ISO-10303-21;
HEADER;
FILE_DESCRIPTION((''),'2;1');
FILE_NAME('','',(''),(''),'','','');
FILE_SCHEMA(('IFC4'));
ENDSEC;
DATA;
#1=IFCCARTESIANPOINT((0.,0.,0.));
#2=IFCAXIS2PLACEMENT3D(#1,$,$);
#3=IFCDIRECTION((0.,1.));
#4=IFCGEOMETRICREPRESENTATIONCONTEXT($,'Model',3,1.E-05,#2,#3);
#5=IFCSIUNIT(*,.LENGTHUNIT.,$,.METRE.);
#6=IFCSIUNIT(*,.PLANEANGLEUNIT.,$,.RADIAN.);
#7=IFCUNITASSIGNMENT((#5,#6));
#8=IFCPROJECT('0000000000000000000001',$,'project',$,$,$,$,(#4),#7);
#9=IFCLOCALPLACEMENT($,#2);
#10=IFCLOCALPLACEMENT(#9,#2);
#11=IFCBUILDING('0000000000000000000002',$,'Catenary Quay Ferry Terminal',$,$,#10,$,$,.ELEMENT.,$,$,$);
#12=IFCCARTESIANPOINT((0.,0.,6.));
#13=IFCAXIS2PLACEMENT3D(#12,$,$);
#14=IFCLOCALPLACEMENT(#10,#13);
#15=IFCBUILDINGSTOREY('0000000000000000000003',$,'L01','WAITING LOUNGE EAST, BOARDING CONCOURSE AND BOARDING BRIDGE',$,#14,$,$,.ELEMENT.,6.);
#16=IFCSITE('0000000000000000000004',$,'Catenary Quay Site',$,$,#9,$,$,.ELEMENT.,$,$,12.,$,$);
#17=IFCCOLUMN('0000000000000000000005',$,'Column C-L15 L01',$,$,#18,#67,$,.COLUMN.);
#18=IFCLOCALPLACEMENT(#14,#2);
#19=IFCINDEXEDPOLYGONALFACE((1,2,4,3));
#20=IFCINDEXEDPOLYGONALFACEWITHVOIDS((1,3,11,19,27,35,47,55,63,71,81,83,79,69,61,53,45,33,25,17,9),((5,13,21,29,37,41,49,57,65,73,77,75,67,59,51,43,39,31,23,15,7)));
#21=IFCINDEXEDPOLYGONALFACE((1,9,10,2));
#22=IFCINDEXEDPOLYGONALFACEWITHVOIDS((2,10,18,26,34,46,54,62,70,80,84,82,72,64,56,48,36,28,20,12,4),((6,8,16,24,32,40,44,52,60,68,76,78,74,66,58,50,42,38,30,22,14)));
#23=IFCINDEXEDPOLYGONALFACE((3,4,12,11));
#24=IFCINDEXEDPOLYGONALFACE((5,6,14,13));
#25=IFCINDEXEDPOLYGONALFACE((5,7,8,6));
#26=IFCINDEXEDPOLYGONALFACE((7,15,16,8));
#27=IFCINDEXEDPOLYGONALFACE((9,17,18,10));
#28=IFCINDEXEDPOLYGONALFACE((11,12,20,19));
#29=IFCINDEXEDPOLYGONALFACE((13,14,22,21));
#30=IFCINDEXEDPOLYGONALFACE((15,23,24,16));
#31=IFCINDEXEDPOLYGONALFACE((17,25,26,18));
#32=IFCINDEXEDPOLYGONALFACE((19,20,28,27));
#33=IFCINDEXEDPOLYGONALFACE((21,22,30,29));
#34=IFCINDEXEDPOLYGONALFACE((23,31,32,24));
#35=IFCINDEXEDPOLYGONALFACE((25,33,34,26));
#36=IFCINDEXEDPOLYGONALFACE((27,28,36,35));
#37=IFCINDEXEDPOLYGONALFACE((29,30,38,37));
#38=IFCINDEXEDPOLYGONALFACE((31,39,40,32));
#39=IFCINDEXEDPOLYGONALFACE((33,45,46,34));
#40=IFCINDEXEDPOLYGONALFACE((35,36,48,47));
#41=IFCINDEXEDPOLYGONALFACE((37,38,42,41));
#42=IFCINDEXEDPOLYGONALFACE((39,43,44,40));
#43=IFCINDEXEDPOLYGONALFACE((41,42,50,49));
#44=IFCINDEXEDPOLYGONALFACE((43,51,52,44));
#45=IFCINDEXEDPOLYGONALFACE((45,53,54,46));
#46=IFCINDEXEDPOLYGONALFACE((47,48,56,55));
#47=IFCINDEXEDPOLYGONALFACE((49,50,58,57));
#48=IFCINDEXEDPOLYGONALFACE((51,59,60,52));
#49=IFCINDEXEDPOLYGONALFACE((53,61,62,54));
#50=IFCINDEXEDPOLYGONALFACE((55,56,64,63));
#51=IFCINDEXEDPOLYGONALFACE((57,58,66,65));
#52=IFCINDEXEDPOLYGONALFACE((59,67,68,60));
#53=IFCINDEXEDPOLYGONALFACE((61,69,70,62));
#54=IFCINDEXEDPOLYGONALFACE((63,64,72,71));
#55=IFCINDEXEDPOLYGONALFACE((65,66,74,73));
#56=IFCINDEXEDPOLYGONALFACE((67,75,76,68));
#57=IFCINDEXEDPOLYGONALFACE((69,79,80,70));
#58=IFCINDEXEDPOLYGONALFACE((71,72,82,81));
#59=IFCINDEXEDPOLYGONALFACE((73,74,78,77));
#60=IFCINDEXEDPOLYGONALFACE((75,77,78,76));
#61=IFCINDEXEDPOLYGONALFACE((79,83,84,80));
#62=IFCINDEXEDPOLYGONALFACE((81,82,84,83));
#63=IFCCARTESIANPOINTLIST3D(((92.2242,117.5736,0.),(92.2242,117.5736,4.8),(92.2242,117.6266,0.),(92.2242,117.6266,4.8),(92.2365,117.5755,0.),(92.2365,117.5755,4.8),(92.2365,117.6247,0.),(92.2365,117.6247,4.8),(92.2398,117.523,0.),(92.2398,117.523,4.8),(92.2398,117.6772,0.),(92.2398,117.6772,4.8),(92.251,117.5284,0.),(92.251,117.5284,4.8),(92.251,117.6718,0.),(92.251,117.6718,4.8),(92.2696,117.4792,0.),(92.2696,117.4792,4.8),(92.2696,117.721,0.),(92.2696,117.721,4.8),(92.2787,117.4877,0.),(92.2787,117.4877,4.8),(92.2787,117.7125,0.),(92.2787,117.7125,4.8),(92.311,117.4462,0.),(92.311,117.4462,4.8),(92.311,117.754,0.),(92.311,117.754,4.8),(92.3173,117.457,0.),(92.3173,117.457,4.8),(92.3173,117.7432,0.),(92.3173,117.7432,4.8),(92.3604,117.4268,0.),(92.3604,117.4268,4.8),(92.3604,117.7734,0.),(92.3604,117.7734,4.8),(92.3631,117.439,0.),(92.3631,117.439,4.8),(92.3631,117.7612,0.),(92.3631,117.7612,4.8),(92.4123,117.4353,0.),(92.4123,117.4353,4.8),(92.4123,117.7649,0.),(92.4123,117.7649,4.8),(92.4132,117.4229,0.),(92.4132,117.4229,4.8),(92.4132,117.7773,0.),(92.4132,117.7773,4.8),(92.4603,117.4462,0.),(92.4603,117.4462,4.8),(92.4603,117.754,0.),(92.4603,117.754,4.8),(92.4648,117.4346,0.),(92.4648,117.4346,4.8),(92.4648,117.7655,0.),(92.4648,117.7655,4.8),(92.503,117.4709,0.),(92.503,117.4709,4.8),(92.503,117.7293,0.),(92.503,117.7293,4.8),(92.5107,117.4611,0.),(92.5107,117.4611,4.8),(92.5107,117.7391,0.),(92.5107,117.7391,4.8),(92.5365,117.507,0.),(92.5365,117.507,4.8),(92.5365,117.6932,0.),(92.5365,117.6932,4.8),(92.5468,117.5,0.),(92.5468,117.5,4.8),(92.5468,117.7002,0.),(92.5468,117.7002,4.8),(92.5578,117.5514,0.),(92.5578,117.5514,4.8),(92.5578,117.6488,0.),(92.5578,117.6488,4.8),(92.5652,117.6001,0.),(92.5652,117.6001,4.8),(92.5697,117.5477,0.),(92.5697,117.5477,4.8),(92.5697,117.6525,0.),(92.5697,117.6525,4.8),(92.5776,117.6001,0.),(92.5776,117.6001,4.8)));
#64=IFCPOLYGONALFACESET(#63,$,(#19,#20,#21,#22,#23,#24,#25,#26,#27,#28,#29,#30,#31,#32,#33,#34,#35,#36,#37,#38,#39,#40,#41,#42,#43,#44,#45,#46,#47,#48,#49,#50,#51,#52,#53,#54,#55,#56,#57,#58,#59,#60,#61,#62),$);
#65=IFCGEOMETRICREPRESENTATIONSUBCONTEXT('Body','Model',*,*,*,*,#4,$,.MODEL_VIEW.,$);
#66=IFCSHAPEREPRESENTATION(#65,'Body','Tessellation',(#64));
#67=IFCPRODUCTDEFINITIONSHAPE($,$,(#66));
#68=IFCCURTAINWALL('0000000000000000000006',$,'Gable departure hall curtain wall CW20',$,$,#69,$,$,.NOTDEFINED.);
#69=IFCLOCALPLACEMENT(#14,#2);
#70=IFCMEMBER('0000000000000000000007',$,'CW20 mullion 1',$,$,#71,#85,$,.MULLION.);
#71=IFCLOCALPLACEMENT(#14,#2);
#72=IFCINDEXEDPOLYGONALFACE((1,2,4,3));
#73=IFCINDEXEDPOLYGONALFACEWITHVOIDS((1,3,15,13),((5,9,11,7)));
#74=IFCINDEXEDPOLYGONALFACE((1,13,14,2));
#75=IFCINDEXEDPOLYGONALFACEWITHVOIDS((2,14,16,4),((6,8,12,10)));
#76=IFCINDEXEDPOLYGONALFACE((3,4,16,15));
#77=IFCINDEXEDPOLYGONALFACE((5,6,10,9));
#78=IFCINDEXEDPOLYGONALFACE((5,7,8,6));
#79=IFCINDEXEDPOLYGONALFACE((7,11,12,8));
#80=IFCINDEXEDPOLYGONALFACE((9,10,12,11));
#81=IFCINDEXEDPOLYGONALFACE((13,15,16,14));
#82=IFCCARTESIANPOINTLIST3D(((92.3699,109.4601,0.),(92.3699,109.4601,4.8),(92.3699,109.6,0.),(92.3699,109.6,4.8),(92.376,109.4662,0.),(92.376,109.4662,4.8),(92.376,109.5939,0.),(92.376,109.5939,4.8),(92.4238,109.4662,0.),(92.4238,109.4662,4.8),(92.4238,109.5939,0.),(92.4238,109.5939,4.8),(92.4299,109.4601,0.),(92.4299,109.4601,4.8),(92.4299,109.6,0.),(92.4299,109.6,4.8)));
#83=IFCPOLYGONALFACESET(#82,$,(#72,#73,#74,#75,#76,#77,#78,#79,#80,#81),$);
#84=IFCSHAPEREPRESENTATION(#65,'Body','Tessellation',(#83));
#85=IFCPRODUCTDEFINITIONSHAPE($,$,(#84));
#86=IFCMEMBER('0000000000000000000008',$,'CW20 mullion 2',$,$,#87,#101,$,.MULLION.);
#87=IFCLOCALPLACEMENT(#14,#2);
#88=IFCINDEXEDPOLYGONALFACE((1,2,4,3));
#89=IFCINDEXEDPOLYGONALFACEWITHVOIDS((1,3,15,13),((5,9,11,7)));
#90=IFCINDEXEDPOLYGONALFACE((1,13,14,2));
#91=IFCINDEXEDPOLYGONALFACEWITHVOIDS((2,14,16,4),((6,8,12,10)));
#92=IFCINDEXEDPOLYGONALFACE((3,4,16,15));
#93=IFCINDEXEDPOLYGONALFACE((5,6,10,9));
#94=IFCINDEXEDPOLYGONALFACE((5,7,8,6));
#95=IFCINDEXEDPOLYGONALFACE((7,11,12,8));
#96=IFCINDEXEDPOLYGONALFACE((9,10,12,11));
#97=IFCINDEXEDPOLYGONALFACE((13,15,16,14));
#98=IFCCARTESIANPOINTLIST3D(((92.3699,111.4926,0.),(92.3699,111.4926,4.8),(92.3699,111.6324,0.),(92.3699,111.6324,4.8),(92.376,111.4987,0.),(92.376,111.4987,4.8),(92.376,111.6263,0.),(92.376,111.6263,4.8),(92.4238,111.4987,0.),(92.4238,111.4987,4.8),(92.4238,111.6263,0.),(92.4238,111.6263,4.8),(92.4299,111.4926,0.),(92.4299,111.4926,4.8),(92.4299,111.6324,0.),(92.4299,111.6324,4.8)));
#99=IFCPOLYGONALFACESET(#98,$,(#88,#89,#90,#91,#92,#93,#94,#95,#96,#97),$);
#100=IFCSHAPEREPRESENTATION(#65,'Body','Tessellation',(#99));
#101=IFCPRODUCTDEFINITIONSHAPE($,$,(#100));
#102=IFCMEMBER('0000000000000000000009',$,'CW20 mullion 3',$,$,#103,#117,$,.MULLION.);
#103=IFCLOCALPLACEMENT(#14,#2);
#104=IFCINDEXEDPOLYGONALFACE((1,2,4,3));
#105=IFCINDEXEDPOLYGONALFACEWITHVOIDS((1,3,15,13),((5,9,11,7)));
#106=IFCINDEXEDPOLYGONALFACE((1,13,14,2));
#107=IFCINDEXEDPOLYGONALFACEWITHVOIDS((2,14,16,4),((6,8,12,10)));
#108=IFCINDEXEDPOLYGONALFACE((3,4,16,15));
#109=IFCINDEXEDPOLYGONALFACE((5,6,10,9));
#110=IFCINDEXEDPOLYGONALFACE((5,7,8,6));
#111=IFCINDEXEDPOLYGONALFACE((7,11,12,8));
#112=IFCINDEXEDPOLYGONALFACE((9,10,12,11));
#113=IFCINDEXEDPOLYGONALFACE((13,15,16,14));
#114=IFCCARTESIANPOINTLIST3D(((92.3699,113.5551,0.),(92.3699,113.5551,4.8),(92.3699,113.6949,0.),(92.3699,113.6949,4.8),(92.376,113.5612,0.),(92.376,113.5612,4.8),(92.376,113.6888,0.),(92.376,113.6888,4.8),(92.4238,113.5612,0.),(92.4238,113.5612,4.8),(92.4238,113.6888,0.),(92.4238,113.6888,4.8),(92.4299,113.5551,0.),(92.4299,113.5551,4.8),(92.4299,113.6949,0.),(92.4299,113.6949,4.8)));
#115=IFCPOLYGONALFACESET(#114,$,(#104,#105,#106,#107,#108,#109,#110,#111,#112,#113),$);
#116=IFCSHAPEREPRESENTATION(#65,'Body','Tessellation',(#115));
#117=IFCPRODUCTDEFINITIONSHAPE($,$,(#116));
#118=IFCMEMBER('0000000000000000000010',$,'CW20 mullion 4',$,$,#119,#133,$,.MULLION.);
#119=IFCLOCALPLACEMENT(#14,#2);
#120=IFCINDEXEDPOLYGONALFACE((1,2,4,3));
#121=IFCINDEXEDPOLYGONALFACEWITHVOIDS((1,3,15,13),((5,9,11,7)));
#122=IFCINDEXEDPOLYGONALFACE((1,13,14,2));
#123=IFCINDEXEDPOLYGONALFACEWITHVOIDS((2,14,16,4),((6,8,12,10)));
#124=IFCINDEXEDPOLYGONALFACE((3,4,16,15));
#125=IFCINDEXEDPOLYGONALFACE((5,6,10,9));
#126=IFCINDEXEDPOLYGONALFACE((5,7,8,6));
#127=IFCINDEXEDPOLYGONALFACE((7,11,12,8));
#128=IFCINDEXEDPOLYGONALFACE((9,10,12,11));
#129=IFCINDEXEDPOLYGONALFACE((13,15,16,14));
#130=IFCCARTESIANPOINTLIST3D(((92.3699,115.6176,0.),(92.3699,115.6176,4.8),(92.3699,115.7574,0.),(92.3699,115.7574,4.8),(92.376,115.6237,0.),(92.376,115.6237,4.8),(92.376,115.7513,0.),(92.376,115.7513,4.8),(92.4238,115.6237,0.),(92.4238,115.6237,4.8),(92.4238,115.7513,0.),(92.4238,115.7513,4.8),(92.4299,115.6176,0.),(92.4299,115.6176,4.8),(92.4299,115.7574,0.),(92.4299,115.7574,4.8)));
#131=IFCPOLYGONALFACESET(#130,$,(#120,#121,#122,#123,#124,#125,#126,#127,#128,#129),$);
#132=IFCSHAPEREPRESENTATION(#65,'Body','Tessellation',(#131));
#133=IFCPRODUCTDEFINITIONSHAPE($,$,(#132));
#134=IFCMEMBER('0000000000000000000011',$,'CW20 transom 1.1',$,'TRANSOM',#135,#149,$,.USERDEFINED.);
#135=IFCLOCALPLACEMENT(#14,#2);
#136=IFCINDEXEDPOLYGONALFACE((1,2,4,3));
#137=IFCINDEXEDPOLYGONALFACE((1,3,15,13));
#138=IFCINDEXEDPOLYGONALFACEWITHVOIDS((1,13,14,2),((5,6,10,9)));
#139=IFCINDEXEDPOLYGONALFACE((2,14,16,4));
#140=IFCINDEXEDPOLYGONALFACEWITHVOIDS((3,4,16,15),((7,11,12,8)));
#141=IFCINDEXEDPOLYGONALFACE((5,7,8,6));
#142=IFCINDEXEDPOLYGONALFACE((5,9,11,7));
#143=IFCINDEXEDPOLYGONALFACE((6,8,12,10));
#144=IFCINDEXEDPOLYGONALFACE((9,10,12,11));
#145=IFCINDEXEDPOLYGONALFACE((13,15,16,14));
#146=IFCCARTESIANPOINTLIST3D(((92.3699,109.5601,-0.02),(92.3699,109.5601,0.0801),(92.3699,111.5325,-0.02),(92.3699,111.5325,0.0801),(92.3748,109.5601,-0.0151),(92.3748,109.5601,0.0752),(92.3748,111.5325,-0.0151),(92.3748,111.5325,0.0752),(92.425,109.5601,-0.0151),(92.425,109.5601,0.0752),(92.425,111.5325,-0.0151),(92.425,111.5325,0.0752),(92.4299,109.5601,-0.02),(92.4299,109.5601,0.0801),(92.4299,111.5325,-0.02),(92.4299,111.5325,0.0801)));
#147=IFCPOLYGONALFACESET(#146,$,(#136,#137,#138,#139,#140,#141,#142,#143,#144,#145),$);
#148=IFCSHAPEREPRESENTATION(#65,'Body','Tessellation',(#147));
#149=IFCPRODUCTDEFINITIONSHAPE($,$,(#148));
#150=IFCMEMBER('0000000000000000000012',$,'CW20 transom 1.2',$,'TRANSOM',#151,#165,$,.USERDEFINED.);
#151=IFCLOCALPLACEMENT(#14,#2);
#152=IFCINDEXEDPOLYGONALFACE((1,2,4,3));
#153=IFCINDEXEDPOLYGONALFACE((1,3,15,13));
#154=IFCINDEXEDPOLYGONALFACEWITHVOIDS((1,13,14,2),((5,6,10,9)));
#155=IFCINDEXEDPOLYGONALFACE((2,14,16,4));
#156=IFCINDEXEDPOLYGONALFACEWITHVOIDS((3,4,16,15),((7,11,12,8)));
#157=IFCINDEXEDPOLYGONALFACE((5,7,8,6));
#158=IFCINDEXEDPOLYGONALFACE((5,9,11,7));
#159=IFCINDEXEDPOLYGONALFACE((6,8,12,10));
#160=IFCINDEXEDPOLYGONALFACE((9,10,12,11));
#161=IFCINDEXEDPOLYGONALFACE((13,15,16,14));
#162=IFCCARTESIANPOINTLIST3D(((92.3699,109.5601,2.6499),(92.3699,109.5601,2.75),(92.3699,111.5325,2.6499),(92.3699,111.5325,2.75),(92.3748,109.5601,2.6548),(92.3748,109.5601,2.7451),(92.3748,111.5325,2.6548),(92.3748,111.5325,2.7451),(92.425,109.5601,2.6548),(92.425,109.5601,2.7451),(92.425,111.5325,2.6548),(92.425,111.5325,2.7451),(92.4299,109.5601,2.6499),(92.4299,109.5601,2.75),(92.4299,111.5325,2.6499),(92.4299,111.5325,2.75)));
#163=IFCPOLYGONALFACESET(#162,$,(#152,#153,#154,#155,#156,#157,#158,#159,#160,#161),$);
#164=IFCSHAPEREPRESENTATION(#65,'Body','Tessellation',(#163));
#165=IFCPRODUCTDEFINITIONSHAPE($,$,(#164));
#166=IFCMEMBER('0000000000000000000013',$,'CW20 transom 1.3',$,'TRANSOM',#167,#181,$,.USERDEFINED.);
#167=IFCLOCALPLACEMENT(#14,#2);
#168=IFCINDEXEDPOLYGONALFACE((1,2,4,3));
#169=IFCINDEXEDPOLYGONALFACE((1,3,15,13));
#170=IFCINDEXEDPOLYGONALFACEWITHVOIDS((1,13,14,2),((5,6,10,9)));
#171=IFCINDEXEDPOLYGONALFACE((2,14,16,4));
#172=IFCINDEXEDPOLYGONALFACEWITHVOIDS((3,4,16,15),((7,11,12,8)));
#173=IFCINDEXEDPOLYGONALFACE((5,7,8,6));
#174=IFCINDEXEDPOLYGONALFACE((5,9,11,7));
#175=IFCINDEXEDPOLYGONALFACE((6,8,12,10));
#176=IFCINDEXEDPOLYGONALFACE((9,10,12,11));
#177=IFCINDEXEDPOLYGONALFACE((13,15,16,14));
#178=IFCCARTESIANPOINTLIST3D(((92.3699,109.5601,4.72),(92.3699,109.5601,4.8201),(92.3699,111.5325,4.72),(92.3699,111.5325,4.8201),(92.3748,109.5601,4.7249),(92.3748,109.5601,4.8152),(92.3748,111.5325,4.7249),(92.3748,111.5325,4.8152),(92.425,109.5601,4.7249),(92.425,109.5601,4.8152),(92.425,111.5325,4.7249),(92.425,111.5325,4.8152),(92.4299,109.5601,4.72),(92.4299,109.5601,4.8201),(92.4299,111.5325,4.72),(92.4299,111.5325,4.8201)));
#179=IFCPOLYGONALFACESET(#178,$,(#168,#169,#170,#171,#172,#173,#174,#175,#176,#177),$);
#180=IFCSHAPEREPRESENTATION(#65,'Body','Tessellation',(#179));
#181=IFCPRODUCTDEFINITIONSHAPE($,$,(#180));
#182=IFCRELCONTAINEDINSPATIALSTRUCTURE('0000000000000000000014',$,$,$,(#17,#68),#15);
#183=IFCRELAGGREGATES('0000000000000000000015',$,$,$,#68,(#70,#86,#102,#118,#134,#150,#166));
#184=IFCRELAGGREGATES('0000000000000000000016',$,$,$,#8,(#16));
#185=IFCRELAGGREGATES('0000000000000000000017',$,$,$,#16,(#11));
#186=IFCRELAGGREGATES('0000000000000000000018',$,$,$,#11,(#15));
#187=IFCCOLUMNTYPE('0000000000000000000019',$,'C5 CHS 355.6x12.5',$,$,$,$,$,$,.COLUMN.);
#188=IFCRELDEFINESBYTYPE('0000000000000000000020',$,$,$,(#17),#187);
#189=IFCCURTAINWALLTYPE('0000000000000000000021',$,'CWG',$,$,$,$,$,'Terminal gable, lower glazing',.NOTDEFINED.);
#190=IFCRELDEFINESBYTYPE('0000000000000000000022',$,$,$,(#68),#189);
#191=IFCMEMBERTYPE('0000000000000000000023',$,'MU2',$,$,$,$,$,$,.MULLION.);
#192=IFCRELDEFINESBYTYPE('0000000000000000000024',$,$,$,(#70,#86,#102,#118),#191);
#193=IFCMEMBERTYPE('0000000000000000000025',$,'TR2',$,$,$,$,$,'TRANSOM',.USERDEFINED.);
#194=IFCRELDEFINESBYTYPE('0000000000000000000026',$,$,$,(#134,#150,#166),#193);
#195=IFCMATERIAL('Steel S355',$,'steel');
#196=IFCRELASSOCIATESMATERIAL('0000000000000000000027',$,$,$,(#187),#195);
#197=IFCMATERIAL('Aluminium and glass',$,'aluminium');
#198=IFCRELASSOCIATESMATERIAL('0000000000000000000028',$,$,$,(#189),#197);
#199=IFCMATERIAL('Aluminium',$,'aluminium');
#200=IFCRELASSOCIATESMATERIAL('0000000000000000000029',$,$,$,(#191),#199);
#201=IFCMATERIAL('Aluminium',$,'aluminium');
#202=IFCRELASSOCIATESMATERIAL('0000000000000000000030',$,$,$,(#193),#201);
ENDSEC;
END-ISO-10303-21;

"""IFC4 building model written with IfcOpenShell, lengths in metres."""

from ifc_helpers import new_model, si_unit, direction, frame, origin, origin_2d, place, context, subcontext, project, spatial, hollow_rectangle, hollow_circle, extrude, material, material_profile, profile_set, type_object, element, aggregate, save


model = new_model("IFC4")

# Units and contexts
model_context = context("Model", 3, precision=1e-05, world=origin(), true_north=direction((0.0, 1.0)))
body_context = subcontext(model_context, "Body", "Model", "MODEL_VIEW")
ifc_project = project(units=[si_unit("LENGTHUNIT", "METRE"), si_unit("PLANEANGLEUNIT", "RADIAN")], contexts=[model_context])

# Site, building, storey
site_placement = place(None, origin())
site = spatial("IfcSite", under=ifc_project, at=site_placement, Name="Catenary Quay Site", CompositionType="ELEMENT", RefElevation=12.0)
building_placement = place(site_placement, origin())
building = spatial("IfcBuilding", under=site, at=building_placement, Name="Catenary Quay Ferry Terminal", CompositionType="ELEMENT")
storey_placement = place(building_placement, frame((0.0, 0.0, 6.0)))
storey = spatial("IfcBuildingStorey", under=building, at=storey_placement, Name="L01", Description="WAITING LOUNGE EAST, BOARDING CONCOURSE AND BOARDING BRIDGE", CompositionType="ELEMENT", Elevation=6.0)

# Column
ifc_material_1 = material(Name="Steel S355", Category="steel")
ifc_material_profile_1 = material_profile(ifc_material_1, hollow_circle(Radius=0.1777, WallThickness=0.0125, at=origin_2d()), Name="CHS 355.6x12.5")
ifc_profile_set_1 = profile_set([ifc_material_profile_1], Name="Steel S355")
column_type = type_object("IfcColumnType", Name="C5 CHS 355.6x12.5", PredefinedType="COLUMN", material=ifc_profile_set_1)
column_placement = place(storey_placement, frame((92.3999, 117.6001, 0.0), z_axis=(0.0, 0.0, 1.0), x_axis=(1.0, 0.0, 0.0)))
element("IfcColumn", 1, at=column_placement, inside=storey, type_object=column_type, Name="Column C-L15 L01", PredefinedType="COLUMN", context=body_context, shape_type="SweptSolid", body=[
    extrude(hollow_circle(Radius=0.1777, WallThickness=0.0125, at=origin_2d()), origin(), (0.0, 0.0, 1.0), 4.8),
])

# Curtain wall, members
ifc_material_2 = material(Name="Aluminium and glass", Category="aluminium")
curtain_wall_type = type_object("IfcCurtainWallType", Name="CWG", ElementType="Terminal gable, lower glazing", PredefinedType="NOTDEFINED", material=ifc_material_2)
curtain_wall_placement = place(storey_placement, origin())
curtain_wall = element("IfcCurtainWall", 2, at=curtain_wall_placement, inside=storey, type_object=curtain_wall_type, Name="Gable departure hall curtain wall CW20", PredefinedType="NOTDEFINED")
ifc_material_3 = material(Name="Aluminium", Category="aluminium")
ifc_material_profile_2 = material_profile(ifc_material_3, hollow_rectangle(XDim=0.0601, YDim=0.1399, WallThickness=0.0061, at=origin_2d()), Name="MU2")
ifc_profile_set_2 = profile_set([ifc_material_profile_2], Name="Aluminium")
member_type_1 = type_object("IfcMemberType", Name="MU2", PredefinedType="MULLION", material=ifc_profile_set_2)
member_1_placement = place(storey_placement, frame((92.3999, 109.53, 0.0), z_axis=(0.0, 0.0, 1.0), x_axis=(-1.0, 0.0, 0.0)))
member_1 = element("IfcMember", 3, at=member_1_placement, type_object=member_type_1, Name="CW20 mullion 1", PredefinedType="MULLION", context=body_context, shape_type="SweptSolid", body=[
    extrude(hollow_rectangle(XDim=0.0601, YDim=0.1399, WallThickness=0.0061, at=origin_2d()), origin(), (0.0, 0.0, 1.0), 4.8),
])
member_2_placement = place(storey_placement, frame((92.3999, 111.5625, 0.0), z_axis=(0.0, 0.0, 1.0), x_axis=(-1.0, 0.0, 0.0)))
member_2 = element("IfcMember", 4, at=member_2_placement, type_object=member_type_1, Name="CW20 mullion 2", PredefinedType="MULLION", context=body_context, shape_type="SweptSolid", body=[
    extrude(hollow_rectangle(XDim=0.0601, YDim=0.1399, WallThickness=0.0061, at=origin_2d()), origin(), (0.0, 0.0, 1.0), 4.8),
])
member_3_placement = place(storey_placement, frame((92.3999, 113.625, 0.0), z_axis=(0.0, 0.0, 1.0), x_axis=(-1.0, 0.0, 0.0)))
member_3 = element("IfcMember", 5, at=member_3_placement, type_object=member_type_1, Name="CW20 mullion 3", PredefinedType="MULLION", context=body_context, shape_type="SweptSolid", body=[
    extrude(hollow_rectangle(XDim=0.0601, YDim=0.1399, WallThickness=0.0061, at=origin_2d()), origin(), (0.0, 0.0, 1.0), 4.8),
])
member_4_placement = place(storey_placement, frame((92.3999, 115.6875, 0.0), z_axis=(0.0, 0.0, 1.0), x_axis=(-1.0, 0.0, 0.0)))
member_4 = element("IfcMember", 6, at=member_4_placement, type_object=member_type_1, Name="CW20 mullion 4", PredefinedType="MULLION", context=body_context, shape_type="SweptSolid", body=[
    extrude(hollow_rectangle(XDim=0.0601, YDim=0.1399, WallThickness=0.0061, at=origin_2d()), origin(), (0.0, 0.0, 1.0), 4.8),
])
ifc_material_4 = material(Name="Aluminium", Category="aluminium")
ifc_material_profile_3 = material_profile(ifc_material_4, hollow_rectangle(XDim=0.0601, YDim=0.1001, WallThickness=0.0049, at=origin_2d()), Name="TR2")
ifc_profile_set_3 = profile_set([ifc_material_profile_3], Name="Aluminium")
member_type_2 = type_object("IfcMemberType", Name="TR2", ElementType="TRANSOM", PredefinedType="USERDEFINED", material=ifc_profile_set_3)
member_5_placement = place(storey_placement, frame((92.3999, 109.5601, 0.03), z_axis=(0.0, 1.0, 0.0), x_axis=(-1.0, 0.0, 0.0)))
member_5 = element("IfcMember", 7, at=member_5_placement, type_object=member_type_2, Name="CW20 transom 1.1", ObjectType="TRANSOM", PredefinedType="USERDEFINED", context=body_context, shape_type="SweptSolid", body=[
    extrude(hollow_rectangle(XDim=0.0601, YDim=0.1001, WallThickness=0.0049, at=origin_2d()), origin(), (0.0, 0.0, 1.0), 1.9724),
])
member_6_placement = place(storey_placement, frame((92.3999, 109.5601, 2.7), z_axis=(0.0, 1.0, 0.0), x_axis=(-1.0, 0.0, 0.0)))
member_6 = element("IfcMember", 8, at=member_6_placement, type_object=member_type_2, Name="CW20 transom 1.2", ObjectType="TRANSOM", PredefinedType="USERDEFINED", context=body_context, shape_type="SweptSolid", body=[
    extrude(hollow_rectangle(XDim=0.0601, YDim=0.1001, WallThickness=0.0049, at=origin_2d()), origin(), (0.0, 0.0, 1.0), 1.9724),
])
member_7_placement = place(storey_placement, frame((92.3999, 109.5601, 4.77), z_axis=(0.0, 1.0, 0.0), x_axis=(-1.0, 0.0, 0.0)))
member_7 = element("IfcMember", 9, at=member_7_placement, type_object=member_type_2, Name="CW20 transom 1.3", ObjectType="TRANSOM", PredefinedType="USERDEFINED", context=body_context, shape_type="SweptSolid", body=[
    extrude(hollow_rectangle(XDim=0.0601, YDim=0.1001, WallThickness=0.0049, at=origin_2d()), origin(), (0.0, 0.0, 1.0), 1.9724),
])
aggregate(curtain_wall, [member_1, member_2, member_3, member_4, member_5, member_6, member_7])

save(model, "model.ifc")
